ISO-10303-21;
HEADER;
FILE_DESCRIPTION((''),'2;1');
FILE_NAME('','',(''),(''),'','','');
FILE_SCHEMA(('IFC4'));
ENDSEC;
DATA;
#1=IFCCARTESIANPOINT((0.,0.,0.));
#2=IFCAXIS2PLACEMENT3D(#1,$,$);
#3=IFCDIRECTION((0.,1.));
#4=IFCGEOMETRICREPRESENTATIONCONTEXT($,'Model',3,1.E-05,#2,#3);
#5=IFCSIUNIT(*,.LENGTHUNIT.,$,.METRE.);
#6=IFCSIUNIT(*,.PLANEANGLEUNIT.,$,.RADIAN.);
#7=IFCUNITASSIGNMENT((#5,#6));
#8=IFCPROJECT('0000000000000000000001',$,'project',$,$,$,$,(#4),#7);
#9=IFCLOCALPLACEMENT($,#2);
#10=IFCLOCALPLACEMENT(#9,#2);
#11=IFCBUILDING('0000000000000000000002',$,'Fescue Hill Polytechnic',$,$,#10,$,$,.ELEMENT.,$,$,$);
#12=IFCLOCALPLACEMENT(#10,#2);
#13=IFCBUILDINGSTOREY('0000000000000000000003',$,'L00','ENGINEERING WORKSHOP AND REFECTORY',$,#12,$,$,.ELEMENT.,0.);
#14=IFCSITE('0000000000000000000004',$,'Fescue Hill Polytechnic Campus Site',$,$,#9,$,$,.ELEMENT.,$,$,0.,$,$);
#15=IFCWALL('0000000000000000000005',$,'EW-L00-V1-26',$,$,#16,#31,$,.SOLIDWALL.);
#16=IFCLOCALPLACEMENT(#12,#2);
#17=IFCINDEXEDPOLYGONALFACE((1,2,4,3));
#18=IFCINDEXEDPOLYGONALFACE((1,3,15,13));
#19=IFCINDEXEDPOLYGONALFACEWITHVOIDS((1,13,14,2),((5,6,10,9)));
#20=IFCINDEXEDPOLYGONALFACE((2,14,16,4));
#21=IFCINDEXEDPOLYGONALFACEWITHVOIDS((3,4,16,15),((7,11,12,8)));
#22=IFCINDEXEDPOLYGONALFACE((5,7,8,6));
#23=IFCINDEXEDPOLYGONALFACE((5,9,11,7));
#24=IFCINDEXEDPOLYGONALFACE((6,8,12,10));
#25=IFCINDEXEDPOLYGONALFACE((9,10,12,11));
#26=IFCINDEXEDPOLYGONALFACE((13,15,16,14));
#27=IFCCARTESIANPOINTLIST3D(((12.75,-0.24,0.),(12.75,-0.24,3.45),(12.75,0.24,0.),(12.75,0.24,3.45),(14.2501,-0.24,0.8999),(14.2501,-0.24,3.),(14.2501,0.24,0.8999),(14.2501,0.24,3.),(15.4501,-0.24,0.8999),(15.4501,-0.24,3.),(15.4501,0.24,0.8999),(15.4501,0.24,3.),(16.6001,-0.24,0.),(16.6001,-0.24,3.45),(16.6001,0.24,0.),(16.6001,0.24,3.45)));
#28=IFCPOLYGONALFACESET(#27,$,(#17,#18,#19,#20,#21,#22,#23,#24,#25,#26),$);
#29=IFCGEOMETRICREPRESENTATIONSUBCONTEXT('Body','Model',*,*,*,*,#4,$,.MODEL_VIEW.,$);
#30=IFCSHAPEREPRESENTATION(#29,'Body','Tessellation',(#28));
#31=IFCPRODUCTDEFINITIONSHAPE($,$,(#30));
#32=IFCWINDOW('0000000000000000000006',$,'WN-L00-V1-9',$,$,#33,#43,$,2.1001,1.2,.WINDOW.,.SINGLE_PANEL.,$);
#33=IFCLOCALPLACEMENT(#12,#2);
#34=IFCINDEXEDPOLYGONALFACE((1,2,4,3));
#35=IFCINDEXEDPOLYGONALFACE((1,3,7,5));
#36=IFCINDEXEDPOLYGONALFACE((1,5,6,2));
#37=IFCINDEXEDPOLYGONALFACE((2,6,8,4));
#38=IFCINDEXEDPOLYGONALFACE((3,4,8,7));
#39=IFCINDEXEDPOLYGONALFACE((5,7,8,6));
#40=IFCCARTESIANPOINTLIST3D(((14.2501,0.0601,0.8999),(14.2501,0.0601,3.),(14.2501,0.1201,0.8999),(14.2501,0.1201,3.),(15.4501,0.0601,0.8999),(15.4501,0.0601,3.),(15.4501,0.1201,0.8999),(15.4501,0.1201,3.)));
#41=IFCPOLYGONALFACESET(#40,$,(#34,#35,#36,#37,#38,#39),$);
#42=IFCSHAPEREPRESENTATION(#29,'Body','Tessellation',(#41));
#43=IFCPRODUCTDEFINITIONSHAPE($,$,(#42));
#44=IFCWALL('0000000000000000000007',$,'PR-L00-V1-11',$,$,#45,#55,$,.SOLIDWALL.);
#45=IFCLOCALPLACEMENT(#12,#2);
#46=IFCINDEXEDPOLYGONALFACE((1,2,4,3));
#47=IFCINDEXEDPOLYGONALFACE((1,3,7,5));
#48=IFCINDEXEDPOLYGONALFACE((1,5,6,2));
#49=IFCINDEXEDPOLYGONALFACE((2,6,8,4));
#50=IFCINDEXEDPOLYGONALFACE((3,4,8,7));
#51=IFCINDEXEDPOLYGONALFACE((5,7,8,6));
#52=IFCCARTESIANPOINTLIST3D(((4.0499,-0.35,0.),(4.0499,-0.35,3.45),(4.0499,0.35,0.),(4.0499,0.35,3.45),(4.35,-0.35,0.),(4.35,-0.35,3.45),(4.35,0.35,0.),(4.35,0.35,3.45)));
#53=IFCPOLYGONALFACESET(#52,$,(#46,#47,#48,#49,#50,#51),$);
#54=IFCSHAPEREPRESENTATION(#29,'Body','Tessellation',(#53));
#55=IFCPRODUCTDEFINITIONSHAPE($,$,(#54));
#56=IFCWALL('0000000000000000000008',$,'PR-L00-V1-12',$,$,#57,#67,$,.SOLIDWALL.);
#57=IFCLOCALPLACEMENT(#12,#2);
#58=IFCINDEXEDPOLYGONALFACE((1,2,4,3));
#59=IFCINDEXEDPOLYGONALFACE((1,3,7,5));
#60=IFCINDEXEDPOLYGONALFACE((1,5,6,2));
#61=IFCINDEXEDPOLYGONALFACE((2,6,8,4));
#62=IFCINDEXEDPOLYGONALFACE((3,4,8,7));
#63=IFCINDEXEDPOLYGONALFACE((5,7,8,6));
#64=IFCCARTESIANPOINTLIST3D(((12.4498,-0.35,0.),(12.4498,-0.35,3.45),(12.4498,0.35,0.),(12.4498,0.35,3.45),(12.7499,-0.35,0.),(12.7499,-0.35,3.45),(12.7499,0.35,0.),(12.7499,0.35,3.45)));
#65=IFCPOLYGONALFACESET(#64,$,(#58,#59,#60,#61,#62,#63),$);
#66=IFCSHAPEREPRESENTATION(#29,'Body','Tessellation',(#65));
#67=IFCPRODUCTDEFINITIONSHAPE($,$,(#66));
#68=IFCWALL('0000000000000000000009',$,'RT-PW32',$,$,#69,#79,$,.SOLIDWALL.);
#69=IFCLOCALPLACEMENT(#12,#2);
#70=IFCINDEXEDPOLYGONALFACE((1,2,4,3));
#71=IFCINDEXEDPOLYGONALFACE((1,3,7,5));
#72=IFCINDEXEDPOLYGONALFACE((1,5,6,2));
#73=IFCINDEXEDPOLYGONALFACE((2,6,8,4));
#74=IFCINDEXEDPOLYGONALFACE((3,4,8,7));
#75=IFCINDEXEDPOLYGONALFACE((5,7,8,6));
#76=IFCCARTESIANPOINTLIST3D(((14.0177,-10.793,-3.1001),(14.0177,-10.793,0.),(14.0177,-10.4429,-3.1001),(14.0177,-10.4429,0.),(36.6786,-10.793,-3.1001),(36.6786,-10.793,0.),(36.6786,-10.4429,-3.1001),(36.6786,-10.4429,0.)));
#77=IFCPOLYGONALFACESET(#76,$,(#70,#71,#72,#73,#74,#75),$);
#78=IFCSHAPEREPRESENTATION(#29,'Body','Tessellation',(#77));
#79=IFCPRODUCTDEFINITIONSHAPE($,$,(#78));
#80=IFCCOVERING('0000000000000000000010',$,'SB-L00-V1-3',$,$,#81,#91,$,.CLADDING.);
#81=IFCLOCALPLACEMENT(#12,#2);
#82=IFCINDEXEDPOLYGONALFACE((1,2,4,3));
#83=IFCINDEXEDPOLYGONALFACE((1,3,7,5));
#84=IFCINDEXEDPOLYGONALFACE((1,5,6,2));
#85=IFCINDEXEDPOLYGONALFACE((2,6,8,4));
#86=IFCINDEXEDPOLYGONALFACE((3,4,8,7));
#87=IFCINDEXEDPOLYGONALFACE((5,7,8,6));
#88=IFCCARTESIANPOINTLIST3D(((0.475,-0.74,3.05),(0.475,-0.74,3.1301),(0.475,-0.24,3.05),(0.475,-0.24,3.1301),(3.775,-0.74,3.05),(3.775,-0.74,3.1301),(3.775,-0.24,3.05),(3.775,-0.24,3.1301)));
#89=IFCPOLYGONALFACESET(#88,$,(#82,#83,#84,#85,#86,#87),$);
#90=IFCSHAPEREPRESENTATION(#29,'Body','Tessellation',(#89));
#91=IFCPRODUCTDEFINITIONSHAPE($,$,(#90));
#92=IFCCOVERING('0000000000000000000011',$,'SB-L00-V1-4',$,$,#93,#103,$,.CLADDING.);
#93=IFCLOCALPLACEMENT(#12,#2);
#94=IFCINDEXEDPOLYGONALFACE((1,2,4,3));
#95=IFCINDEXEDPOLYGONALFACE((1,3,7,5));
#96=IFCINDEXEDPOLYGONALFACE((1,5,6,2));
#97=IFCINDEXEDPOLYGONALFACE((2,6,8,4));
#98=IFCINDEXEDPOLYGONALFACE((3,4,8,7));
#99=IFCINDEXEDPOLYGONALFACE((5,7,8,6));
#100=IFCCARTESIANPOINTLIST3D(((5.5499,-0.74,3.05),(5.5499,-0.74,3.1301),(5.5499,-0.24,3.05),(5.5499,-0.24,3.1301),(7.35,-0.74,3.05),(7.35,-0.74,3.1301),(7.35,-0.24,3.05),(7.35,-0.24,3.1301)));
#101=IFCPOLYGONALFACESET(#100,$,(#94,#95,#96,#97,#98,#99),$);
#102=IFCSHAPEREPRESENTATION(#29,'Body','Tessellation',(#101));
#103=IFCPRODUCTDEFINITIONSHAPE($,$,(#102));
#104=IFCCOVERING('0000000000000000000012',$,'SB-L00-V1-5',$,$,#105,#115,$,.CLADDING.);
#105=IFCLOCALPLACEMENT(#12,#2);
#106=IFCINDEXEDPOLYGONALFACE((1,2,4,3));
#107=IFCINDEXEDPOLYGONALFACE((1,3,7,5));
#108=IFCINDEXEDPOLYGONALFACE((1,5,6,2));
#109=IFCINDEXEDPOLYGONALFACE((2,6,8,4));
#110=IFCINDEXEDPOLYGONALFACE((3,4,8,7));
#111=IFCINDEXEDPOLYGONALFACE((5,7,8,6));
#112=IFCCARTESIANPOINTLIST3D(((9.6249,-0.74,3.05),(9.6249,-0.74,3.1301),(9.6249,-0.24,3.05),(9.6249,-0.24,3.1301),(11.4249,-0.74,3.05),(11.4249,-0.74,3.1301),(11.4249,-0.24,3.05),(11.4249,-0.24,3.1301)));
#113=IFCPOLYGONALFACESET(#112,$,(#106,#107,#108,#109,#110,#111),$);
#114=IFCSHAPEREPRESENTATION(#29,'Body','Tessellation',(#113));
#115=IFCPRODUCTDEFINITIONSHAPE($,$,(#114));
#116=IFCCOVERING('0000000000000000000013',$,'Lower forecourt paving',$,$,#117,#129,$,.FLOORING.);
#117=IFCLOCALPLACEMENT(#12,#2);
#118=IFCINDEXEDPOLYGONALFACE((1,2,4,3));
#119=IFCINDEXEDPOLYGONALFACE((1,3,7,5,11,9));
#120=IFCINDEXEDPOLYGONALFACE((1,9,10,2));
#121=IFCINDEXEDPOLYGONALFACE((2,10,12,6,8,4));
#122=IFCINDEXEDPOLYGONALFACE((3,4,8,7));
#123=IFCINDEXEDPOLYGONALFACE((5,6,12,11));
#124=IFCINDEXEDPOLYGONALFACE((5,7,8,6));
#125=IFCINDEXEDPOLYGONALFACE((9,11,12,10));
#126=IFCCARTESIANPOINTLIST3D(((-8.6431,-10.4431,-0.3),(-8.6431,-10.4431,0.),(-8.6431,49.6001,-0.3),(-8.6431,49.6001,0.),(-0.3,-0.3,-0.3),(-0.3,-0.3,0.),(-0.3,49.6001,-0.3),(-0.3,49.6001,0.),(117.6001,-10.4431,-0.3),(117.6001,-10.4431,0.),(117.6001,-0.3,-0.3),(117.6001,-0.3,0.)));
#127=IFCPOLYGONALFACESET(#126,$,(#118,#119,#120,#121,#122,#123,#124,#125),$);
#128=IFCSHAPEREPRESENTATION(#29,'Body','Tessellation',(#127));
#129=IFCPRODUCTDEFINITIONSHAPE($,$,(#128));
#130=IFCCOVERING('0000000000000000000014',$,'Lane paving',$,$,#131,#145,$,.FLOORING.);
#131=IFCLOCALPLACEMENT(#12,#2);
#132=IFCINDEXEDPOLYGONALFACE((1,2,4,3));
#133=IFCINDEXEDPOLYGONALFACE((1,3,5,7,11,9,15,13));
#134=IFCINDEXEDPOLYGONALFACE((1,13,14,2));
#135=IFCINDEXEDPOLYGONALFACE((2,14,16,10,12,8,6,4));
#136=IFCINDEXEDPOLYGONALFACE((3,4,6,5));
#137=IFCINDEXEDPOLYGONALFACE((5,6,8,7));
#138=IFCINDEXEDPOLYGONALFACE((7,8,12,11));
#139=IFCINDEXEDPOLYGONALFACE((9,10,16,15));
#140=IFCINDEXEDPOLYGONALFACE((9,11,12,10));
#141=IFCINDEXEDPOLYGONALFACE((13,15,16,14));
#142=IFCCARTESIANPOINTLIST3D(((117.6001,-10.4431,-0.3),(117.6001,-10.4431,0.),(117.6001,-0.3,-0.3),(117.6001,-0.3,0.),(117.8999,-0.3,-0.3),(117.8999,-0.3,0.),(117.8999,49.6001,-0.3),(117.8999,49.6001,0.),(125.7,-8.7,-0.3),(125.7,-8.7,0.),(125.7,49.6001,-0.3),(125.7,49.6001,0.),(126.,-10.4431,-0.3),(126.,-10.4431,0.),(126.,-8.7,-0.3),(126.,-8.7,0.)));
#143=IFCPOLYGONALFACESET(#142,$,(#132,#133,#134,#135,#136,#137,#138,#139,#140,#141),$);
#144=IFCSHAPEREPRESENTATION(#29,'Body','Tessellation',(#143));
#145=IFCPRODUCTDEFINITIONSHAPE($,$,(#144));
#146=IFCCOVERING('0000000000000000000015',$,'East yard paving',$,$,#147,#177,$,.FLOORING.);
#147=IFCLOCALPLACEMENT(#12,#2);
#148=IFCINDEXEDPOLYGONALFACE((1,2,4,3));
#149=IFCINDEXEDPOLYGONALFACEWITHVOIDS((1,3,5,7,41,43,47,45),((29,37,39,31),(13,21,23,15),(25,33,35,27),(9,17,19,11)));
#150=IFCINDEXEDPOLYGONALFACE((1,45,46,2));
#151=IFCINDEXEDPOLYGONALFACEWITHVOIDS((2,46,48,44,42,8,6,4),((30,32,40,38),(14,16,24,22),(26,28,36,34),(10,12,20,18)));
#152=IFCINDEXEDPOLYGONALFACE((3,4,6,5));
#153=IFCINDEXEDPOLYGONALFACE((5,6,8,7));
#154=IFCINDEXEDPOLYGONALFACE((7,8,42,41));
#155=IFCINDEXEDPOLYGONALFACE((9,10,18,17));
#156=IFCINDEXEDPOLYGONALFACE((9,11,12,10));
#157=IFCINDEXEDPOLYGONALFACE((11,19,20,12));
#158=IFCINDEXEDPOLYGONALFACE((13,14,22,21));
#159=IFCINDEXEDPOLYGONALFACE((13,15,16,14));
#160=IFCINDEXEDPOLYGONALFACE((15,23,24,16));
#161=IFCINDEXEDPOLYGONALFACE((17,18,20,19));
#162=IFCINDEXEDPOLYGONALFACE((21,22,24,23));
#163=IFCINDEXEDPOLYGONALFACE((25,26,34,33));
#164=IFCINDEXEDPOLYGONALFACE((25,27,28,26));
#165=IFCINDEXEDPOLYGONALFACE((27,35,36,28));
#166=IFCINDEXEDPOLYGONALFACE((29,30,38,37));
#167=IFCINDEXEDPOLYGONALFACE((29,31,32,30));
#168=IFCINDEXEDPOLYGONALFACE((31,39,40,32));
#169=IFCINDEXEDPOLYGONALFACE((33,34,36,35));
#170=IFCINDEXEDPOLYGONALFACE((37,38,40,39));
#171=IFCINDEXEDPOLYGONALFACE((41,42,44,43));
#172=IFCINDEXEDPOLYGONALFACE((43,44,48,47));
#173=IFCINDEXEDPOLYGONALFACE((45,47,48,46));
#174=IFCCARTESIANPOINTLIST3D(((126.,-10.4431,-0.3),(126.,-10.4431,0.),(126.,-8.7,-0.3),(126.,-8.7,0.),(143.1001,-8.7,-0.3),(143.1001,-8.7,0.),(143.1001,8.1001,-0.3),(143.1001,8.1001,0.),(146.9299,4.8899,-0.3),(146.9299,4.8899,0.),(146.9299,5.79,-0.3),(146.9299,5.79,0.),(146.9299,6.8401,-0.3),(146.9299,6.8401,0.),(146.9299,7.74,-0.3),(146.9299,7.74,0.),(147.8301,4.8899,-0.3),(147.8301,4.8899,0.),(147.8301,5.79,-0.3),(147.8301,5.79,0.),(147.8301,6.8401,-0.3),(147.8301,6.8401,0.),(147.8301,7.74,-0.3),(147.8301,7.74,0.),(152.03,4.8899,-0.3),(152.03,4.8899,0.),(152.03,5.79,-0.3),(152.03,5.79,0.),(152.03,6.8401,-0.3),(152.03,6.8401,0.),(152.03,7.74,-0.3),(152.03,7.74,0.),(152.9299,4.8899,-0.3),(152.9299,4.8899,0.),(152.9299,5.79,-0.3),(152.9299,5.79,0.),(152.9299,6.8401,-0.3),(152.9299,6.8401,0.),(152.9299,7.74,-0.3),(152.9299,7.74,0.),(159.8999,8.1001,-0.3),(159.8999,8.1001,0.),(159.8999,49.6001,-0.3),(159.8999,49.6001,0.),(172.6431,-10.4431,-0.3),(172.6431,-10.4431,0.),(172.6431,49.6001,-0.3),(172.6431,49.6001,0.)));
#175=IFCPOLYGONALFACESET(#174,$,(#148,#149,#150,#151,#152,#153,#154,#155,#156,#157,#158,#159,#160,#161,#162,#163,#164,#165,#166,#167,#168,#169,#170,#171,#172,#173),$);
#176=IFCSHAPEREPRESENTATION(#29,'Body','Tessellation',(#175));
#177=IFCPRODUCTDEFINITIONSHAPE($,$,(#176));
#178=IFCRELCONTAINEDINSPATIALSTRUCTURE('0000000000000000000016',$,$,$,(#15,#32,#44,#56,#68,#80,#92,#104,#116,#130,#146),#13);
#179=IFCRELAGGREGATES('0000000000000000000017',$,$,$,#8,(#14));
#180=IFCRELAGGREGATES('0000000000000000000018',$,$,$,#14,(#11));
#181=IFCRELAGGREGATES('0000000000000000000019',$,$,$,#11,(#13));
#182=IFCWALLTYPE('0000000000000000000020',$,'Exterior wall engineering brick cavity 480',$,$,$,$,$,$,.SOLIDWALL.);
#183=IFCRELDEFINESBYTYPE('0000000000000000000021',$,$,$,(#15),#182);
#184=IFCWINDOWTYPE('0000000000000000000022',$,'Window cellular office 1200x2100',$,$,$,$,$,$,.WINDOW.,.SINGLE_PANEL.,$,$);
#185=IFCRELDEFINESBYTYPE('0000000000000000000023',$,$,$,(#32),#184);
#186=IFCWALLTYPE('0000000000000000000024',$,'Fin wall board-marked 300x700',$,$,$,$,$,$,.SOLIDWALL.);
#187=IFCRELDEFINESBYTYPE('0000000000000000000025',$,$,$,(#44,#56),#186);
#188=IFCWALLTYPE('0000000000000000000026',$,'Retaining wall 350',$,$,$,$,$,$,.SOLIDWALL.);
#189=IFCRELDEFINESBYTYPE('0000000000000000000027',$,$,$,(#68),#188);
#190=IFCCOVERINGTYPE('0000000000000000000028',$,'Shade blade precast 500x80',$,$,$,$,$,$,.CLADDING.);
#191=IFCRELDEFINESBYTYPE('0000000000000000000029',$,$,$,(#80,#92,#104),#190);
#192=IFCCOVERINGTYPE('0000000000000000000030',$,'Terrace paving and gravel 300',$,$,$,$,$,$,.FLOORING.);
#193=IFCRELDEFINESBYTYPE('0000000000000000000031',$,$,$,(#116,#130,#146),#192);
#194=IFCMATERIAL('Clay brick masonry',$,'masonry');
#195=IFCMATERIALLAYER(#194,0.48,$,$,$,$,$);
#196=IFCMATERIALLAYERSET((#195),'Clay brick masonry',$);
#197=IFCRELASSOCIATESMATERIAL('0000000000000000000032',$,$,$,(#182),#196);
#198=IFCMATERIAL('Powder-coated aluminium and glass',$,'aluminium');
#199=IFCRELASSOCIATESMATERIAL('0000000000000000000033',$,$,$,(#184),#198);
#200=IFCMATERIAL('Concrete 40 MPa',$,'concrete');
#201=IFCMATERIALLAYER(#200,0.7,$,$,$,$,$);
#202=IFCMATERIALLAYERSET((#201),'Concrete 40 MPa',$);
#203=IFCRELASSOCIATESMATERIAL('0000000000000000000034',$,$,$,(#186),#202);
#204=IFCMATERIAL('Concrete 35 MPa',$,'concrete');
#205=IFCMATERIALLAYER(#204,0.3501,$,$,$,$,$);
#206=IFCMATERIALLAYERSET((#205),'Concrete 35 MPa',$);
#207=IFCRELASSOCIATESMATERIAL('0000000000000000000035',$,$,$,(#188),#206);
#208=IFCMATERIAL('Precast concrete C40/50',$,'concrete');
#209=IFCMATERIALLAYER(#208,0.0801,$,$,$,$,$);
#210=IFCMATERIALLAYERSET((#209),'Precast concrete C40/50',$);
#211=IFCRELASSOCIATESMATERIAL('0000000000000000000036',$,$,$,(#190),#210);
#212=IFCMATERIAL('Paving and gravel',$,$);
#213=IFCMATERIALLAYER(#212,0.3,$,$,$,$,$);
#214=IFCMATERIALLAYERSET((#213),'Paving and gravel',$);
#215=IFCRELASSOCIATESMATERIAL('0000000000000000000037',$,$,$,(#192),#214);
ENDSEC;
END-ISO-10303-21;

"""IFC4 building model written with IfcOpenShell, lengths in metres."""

from ifc_helpers import new_model, si_unit, direction, frame, frame_2d, origin, origin_2d, place, context, subcontext, project, spatial, polyline, rectangle, outline, extrude, material, layer, layer_set, type_object, element, fill, save


model = new_model("IFC4")

# Units and contexts
model_context = context("Model", 3, precision=1e-05, world=origin(), true_north=direction((0.0, 1.0)))
body_context = subcontext(model_context, "Body", "Model", "MODEL_VIEW")
ifc_project = project(units=[si_unit("LENGTHUNIT", "METRE"), si_unit("PLANEANGLEUNIT", "RADIAN")], contexts=[model_context])

# Site, building, storey
site_placement = place(None, origin())
site = spatial("IfcSite", under=ifc_project, at=site_placement, Name="Fescue Hill Polytechnic Campus Site", CompositionType="ELEMENT", RefElevation=0.0)
building_placement = place(site_placement, origin())
building = spatial("IfcBuilding", under=site, at=building_placement, Name="Fescue Hill Polytechnic", CompositionType="ELEMENT")
storey_placement = place(building_placement, origin())
storey = spatial("IfcBuildingStorey", under=building, at=storey_placement, Name="L00", Description="ENGINEERING WORKSHOP AND REFECTORY", CompositionType="ELEMENT", Elevation=0.0)

# Shared definitions
ifc_material_1 = material(Name="Concrete 35 MPa", Category="concrete")

# Shared definitions
ifc_material_2 = material(Name="Concrete 40 MPa", Category="concrete")

# Wall, opening, window
ifc_material_3 = material(Name="Clay brick masonry", Category="masonry")
ifc_layer_1 = layer(ifc_material_3, 0.48)
ifc_layer_set_1 = layer_set([ifc_layer_1], Name="Clay brick masonry")
wall_type_1 = type_object("IfcWallType", Name="Exterior wall engineering brick cavity 480", PredefinedType="SOLIDWALL", material=ifc_layer_set_1)
ifc_material_4 = material(Name="Powder-coated aluminium and glass", Category="aluminium")
window_type_1 = type_object("IfcWindowType", Name="Window cellular office 1200x2100", PartitioningType="SINGLE_PANEL", PredefinedType="WINDOW", material=ifc_material_4)
wall_1_placement = place(storey_placement, frame((12.75, 0.0, 0.0), z_axis=(0.0, 0.0, 1.0), x_axis=(1.0, 0.0, 0.0)))
wall_1 = element("IfcWall", 1, at=wall_1_placement, inside=storey, type_object=wall_type_1, Name="EW-L00-V1-26", PredefinedType="SOLIDWALL", context=body_context, shape_type="SweptSolid", body=[
    extrude(rectangle(XDim=3.8501, YDim=0.48, at=frame_2d((1.925, 0.0))), origin(), (0.0, 0.0, 1.0), 3.45),
])
opening_1_placement = place(wall_1_placement, frame((1.5, 0.0, 0.8999)))
opening_1 = element("IfcOpeningElement", 2, at=opening_1_placement, cuts=wall_1, PredefinedType="OPENING", context=body_context, shape_type="SweptSolid", body=[
    extrude(rectangle(XDim=1.2, YDim=2.1001, at=frame_2d((0.6001, 1.05))), frame((0.0, 0.25, 0.0), z_axis=(0.0, -1.0, 0.0), x_axis=(1.0, 0.0, 0.0)), (0.0, 0.0, 1.0), 0.5),
])
window_1_placement = place(opening_1_placement, origin())
window_1 = element("IfcWindow", 3, at=window_1_placement, inside=storey, type_object=window_type_1, Name="WN-L00-V1-9", OverallHeight=2.1001, OverallWidth=1.2, PartitioningType="SINGLE_PANEL", PredefinedType="WINDOW", context=body_context, shape_type="SweptSolid", body=[
    extrude(rectangle(XDim=1.2, YDim=2.1001, at=frame_2d((0.6001, 1.05))), frame((0.0, 0.1201, 0.0), z_axis=(0.0, -1.0, 0.0), x_axis=(1.0, 0.0, 0.0)), (0.0, 0.0, 1.0), 0.0601),
])
fill(opening_1, window_1)

# Walls
ifc_layer_2 = layer(ifc_material_2, 0.7)
ifc_layer_set_2 = layer_set([ifc_layer_2], Name="Concrete 40 MPa")
wall_type_2 = type_object("IfcWallType", Name="Fin wall board-marked 300x700", PredefinedType="SOLIDWALL", material=ifc_layer_set_2)
for number, where, z_axis, x_axis, name in (
    (4, (4.05, 0.0, 0.0), (0.0, 0.0, 1.0), (1.0, 0.0, 0.0), "PR-L00-V1-11"),
    (5, (12.45, 0.0, 0.0), (0.0, 0.0, 1.0), (1.0, 0.0, 0.0), "PR-L00-V1-12"),
):
    element("IfcWall", number, at=place(storey_placement, frame(where, z_axis=z_axis, x_axis=x_axis)), inside=storey, type_object=wall_type_2, Name=name, PredefinedType="SOLIDWALL", context=body_context, shape_type="SweptSolid", body=[
        extrude(rectangle(XDim=0.3, YDim=0.7, at=frame_2d((0.1499, 0.0))), origin(), (0.0, 0.0, 1.0), 3.45),
    ])
ifc_layer_3 = layer(ifc_material_1, 0.3501)
ifc_layer_set_3 = layer_set([ifc_layer_3], Name="Concrete 35 MPa")
wall_type_3 = type_object("IfcWallType", Name="Retaining wall 350", PredefinedType="SOLIDWALL", material=ifc_layer_set_3)
wall_2_placement = place(storey_placement, frame((14.0176, -10.6179, -3.1001), z_axis=(0.0, 0.0, 1.0), x_axis=(1.0, 0.0, 0.0)))
element("IfcWall", 6, at=wall_2_placement, inside=storey, type_object=wall_type_3, Name="RT-PW32", PredefinedType="SOLIDWALL", context=body_context, shape_type="SweptSolid", body=[
    extrude(rectangle(XDim=22.6609, YDim=0.3501, at=frame_2d((11.3306, 0.0))), origin(), (0.0, 0.0, 1.0), 3.1001),
])

# Coverings
ifc_material_5 = material(Name="Precast concrete C40/50", Category="concrete")
ifc_layer_4 = layer(ifc_material_5, 0.0801)
ifc_layer_set_4 = layer_set([ifc_layer_4], Name="Precast concrete C40/50")
covering_type_1 = type_object("IfcCoveringType", Name="Shade blade precast 500x80", PredefinedType="CLADDING", material=ifc_layer_set_4)
covering_1_placement = place(storey_placement, frame((2.125, -0.49, 3.05), z_axis=(0.0, 0.0, 1.0), x_axis=(1.0, 0.0, 0.0)))
element("IfcCovering", 7, at=covering_1_placement, inside=storey, type_object=covering_type_1, Name="SB-L00-V1-3", PredefinedType="CLADDING", context=body_context, shape_type="SweptSolid", body=[
    extrude(rectangle(XDim=3.3, YDim=0.5, at=origin_2d()), origin(), (0.0, 0.0, 1.0), 0.0801),
])
for number, where, z_axis, x_axis, name in (
    (8, (6.45, -0.49, 3.05), (0.0, 0.0, 1.0), (1.0, 0.0, 0.0), "SB-L00-V1-4"),
    (9, (10.5249, -0.49, 3.05), (0.0, 0.0, 1.0), (1.0, 0.0, 0.0), "SB-L00-V1-5"),
):
    element("IfcCovering", number, at=place(storey_placement, frame(where, z_axis=z_axis, x_axis=x_axis)), inside=storey, type_object=covering_type_1, Name=name, PredefinedType="CLADDING", context=body_context, shape_type="SweptSolid", body=[
        extrude(rectangle(XDim=1.8, YDim=0.5, at=origin_2d()), origin(), (0.0, 0.0, 1.0), 0.0801),
    ])
ifc_material_6 = material(Name="Paving and gravel")
ifc_layer_5 = layer(ifc_material_6, 0.3)
ifc_layer_set_5 = layer_set([ifc_layer_5], Name="Paving and gravel")
covering_type_2 = type_object("IfcCoveringType", Name="Terrace paving and gravel 300", PredefinedType="FLOORING", material=ifc_layer_set_5)
covering_2_placement = place(storey_placement, frame((0.0, 0.0, -0.3)))
element("IfcCovering", 10, at=covering_2_placement, inside=storey, type_object=covering_type_2, Name="Lower forecourt paving", PredefinedType="FLOORING", context=body_context, shape_type="SweptSolid", body=[
    extrude(outline(polyline([(-8.6431, -10.4431), (-8.6431, 49.6001), (-0.3, 49.6001), (-0.3, -0.3), (117.6001, -0.3), (117.6001, -10.4431), (-8.6431, -10.4431)])), origin(), (0.0, 0.0, 1.0), 0.3),
])
covering_3_placement = place(storey_placement, frame((0.0, 0.0, -0.3)))
element("IfcCovering", 11, at=covering_3_placement, inside=storey, type_object=covering_type_2, Name="Lane paving", PredefinedType="FLOORING", context=body_context, shape_type="SweptSolid", body=[
    extrude(outline(polyline([(117.8999, 49.6001), (125.7, 49.6001), (125.7, -8.7), (126.0, -8.7), (126.0, -10.4431), (117.6001, -10.4431), (117.6001, -0.3), (117.8999, -0.3), (117.8999, 49.6001)])), origin(), (0.0, 0.0, 1.0), 0.3),
])
covering_4_placement = place(storey_placement, frame((0.0, 0.0, -0.3)))
element("IfcCovering", 12, at=covering_4_placement, inside=storey, type_object=covering_type_2, Name="East yard paving", PredefinedType="FLOORING", context=body_context, shape_type="SweptSolid", body=[
    extrude(outline(polyline([(143.1001, -8.7), (143.1001, 8.1001), (159.8999, 8.1001), (159.8999, 49.6001), (172.6431, 49.6001), (172.6431, -10.4431), (126.0, -10.4431), (126.0, -8.7), (143.1001, -8.7)]), holes=[polyline([(152.03, 4.8899), (152.9299, 4.8899), (152.9299, 5.79), (152.03, 5.79), (152.03, 4.8899)]), polyline([(152.9299, 6.8401), (152.9299, 7.74), (152.03, 7.74), (152.03, 6.8401), (152.9299, 6.8401)]), polyline([(146.9299, 4.8899), (147.8301, 4.8899), (147.8301, 5.79), (146.9299, 5.79), (146.9299, 4.8899)]), polyline([(146.9299, 6.8401), (147.8301, 6.8401), (147.8301, 7.74), (146.9299, 7.74), (146.9299, 6.8401)])]), origin(), (0.0, 0.0, 1.0), 0.3),
])

save(model, "model.ifc")
